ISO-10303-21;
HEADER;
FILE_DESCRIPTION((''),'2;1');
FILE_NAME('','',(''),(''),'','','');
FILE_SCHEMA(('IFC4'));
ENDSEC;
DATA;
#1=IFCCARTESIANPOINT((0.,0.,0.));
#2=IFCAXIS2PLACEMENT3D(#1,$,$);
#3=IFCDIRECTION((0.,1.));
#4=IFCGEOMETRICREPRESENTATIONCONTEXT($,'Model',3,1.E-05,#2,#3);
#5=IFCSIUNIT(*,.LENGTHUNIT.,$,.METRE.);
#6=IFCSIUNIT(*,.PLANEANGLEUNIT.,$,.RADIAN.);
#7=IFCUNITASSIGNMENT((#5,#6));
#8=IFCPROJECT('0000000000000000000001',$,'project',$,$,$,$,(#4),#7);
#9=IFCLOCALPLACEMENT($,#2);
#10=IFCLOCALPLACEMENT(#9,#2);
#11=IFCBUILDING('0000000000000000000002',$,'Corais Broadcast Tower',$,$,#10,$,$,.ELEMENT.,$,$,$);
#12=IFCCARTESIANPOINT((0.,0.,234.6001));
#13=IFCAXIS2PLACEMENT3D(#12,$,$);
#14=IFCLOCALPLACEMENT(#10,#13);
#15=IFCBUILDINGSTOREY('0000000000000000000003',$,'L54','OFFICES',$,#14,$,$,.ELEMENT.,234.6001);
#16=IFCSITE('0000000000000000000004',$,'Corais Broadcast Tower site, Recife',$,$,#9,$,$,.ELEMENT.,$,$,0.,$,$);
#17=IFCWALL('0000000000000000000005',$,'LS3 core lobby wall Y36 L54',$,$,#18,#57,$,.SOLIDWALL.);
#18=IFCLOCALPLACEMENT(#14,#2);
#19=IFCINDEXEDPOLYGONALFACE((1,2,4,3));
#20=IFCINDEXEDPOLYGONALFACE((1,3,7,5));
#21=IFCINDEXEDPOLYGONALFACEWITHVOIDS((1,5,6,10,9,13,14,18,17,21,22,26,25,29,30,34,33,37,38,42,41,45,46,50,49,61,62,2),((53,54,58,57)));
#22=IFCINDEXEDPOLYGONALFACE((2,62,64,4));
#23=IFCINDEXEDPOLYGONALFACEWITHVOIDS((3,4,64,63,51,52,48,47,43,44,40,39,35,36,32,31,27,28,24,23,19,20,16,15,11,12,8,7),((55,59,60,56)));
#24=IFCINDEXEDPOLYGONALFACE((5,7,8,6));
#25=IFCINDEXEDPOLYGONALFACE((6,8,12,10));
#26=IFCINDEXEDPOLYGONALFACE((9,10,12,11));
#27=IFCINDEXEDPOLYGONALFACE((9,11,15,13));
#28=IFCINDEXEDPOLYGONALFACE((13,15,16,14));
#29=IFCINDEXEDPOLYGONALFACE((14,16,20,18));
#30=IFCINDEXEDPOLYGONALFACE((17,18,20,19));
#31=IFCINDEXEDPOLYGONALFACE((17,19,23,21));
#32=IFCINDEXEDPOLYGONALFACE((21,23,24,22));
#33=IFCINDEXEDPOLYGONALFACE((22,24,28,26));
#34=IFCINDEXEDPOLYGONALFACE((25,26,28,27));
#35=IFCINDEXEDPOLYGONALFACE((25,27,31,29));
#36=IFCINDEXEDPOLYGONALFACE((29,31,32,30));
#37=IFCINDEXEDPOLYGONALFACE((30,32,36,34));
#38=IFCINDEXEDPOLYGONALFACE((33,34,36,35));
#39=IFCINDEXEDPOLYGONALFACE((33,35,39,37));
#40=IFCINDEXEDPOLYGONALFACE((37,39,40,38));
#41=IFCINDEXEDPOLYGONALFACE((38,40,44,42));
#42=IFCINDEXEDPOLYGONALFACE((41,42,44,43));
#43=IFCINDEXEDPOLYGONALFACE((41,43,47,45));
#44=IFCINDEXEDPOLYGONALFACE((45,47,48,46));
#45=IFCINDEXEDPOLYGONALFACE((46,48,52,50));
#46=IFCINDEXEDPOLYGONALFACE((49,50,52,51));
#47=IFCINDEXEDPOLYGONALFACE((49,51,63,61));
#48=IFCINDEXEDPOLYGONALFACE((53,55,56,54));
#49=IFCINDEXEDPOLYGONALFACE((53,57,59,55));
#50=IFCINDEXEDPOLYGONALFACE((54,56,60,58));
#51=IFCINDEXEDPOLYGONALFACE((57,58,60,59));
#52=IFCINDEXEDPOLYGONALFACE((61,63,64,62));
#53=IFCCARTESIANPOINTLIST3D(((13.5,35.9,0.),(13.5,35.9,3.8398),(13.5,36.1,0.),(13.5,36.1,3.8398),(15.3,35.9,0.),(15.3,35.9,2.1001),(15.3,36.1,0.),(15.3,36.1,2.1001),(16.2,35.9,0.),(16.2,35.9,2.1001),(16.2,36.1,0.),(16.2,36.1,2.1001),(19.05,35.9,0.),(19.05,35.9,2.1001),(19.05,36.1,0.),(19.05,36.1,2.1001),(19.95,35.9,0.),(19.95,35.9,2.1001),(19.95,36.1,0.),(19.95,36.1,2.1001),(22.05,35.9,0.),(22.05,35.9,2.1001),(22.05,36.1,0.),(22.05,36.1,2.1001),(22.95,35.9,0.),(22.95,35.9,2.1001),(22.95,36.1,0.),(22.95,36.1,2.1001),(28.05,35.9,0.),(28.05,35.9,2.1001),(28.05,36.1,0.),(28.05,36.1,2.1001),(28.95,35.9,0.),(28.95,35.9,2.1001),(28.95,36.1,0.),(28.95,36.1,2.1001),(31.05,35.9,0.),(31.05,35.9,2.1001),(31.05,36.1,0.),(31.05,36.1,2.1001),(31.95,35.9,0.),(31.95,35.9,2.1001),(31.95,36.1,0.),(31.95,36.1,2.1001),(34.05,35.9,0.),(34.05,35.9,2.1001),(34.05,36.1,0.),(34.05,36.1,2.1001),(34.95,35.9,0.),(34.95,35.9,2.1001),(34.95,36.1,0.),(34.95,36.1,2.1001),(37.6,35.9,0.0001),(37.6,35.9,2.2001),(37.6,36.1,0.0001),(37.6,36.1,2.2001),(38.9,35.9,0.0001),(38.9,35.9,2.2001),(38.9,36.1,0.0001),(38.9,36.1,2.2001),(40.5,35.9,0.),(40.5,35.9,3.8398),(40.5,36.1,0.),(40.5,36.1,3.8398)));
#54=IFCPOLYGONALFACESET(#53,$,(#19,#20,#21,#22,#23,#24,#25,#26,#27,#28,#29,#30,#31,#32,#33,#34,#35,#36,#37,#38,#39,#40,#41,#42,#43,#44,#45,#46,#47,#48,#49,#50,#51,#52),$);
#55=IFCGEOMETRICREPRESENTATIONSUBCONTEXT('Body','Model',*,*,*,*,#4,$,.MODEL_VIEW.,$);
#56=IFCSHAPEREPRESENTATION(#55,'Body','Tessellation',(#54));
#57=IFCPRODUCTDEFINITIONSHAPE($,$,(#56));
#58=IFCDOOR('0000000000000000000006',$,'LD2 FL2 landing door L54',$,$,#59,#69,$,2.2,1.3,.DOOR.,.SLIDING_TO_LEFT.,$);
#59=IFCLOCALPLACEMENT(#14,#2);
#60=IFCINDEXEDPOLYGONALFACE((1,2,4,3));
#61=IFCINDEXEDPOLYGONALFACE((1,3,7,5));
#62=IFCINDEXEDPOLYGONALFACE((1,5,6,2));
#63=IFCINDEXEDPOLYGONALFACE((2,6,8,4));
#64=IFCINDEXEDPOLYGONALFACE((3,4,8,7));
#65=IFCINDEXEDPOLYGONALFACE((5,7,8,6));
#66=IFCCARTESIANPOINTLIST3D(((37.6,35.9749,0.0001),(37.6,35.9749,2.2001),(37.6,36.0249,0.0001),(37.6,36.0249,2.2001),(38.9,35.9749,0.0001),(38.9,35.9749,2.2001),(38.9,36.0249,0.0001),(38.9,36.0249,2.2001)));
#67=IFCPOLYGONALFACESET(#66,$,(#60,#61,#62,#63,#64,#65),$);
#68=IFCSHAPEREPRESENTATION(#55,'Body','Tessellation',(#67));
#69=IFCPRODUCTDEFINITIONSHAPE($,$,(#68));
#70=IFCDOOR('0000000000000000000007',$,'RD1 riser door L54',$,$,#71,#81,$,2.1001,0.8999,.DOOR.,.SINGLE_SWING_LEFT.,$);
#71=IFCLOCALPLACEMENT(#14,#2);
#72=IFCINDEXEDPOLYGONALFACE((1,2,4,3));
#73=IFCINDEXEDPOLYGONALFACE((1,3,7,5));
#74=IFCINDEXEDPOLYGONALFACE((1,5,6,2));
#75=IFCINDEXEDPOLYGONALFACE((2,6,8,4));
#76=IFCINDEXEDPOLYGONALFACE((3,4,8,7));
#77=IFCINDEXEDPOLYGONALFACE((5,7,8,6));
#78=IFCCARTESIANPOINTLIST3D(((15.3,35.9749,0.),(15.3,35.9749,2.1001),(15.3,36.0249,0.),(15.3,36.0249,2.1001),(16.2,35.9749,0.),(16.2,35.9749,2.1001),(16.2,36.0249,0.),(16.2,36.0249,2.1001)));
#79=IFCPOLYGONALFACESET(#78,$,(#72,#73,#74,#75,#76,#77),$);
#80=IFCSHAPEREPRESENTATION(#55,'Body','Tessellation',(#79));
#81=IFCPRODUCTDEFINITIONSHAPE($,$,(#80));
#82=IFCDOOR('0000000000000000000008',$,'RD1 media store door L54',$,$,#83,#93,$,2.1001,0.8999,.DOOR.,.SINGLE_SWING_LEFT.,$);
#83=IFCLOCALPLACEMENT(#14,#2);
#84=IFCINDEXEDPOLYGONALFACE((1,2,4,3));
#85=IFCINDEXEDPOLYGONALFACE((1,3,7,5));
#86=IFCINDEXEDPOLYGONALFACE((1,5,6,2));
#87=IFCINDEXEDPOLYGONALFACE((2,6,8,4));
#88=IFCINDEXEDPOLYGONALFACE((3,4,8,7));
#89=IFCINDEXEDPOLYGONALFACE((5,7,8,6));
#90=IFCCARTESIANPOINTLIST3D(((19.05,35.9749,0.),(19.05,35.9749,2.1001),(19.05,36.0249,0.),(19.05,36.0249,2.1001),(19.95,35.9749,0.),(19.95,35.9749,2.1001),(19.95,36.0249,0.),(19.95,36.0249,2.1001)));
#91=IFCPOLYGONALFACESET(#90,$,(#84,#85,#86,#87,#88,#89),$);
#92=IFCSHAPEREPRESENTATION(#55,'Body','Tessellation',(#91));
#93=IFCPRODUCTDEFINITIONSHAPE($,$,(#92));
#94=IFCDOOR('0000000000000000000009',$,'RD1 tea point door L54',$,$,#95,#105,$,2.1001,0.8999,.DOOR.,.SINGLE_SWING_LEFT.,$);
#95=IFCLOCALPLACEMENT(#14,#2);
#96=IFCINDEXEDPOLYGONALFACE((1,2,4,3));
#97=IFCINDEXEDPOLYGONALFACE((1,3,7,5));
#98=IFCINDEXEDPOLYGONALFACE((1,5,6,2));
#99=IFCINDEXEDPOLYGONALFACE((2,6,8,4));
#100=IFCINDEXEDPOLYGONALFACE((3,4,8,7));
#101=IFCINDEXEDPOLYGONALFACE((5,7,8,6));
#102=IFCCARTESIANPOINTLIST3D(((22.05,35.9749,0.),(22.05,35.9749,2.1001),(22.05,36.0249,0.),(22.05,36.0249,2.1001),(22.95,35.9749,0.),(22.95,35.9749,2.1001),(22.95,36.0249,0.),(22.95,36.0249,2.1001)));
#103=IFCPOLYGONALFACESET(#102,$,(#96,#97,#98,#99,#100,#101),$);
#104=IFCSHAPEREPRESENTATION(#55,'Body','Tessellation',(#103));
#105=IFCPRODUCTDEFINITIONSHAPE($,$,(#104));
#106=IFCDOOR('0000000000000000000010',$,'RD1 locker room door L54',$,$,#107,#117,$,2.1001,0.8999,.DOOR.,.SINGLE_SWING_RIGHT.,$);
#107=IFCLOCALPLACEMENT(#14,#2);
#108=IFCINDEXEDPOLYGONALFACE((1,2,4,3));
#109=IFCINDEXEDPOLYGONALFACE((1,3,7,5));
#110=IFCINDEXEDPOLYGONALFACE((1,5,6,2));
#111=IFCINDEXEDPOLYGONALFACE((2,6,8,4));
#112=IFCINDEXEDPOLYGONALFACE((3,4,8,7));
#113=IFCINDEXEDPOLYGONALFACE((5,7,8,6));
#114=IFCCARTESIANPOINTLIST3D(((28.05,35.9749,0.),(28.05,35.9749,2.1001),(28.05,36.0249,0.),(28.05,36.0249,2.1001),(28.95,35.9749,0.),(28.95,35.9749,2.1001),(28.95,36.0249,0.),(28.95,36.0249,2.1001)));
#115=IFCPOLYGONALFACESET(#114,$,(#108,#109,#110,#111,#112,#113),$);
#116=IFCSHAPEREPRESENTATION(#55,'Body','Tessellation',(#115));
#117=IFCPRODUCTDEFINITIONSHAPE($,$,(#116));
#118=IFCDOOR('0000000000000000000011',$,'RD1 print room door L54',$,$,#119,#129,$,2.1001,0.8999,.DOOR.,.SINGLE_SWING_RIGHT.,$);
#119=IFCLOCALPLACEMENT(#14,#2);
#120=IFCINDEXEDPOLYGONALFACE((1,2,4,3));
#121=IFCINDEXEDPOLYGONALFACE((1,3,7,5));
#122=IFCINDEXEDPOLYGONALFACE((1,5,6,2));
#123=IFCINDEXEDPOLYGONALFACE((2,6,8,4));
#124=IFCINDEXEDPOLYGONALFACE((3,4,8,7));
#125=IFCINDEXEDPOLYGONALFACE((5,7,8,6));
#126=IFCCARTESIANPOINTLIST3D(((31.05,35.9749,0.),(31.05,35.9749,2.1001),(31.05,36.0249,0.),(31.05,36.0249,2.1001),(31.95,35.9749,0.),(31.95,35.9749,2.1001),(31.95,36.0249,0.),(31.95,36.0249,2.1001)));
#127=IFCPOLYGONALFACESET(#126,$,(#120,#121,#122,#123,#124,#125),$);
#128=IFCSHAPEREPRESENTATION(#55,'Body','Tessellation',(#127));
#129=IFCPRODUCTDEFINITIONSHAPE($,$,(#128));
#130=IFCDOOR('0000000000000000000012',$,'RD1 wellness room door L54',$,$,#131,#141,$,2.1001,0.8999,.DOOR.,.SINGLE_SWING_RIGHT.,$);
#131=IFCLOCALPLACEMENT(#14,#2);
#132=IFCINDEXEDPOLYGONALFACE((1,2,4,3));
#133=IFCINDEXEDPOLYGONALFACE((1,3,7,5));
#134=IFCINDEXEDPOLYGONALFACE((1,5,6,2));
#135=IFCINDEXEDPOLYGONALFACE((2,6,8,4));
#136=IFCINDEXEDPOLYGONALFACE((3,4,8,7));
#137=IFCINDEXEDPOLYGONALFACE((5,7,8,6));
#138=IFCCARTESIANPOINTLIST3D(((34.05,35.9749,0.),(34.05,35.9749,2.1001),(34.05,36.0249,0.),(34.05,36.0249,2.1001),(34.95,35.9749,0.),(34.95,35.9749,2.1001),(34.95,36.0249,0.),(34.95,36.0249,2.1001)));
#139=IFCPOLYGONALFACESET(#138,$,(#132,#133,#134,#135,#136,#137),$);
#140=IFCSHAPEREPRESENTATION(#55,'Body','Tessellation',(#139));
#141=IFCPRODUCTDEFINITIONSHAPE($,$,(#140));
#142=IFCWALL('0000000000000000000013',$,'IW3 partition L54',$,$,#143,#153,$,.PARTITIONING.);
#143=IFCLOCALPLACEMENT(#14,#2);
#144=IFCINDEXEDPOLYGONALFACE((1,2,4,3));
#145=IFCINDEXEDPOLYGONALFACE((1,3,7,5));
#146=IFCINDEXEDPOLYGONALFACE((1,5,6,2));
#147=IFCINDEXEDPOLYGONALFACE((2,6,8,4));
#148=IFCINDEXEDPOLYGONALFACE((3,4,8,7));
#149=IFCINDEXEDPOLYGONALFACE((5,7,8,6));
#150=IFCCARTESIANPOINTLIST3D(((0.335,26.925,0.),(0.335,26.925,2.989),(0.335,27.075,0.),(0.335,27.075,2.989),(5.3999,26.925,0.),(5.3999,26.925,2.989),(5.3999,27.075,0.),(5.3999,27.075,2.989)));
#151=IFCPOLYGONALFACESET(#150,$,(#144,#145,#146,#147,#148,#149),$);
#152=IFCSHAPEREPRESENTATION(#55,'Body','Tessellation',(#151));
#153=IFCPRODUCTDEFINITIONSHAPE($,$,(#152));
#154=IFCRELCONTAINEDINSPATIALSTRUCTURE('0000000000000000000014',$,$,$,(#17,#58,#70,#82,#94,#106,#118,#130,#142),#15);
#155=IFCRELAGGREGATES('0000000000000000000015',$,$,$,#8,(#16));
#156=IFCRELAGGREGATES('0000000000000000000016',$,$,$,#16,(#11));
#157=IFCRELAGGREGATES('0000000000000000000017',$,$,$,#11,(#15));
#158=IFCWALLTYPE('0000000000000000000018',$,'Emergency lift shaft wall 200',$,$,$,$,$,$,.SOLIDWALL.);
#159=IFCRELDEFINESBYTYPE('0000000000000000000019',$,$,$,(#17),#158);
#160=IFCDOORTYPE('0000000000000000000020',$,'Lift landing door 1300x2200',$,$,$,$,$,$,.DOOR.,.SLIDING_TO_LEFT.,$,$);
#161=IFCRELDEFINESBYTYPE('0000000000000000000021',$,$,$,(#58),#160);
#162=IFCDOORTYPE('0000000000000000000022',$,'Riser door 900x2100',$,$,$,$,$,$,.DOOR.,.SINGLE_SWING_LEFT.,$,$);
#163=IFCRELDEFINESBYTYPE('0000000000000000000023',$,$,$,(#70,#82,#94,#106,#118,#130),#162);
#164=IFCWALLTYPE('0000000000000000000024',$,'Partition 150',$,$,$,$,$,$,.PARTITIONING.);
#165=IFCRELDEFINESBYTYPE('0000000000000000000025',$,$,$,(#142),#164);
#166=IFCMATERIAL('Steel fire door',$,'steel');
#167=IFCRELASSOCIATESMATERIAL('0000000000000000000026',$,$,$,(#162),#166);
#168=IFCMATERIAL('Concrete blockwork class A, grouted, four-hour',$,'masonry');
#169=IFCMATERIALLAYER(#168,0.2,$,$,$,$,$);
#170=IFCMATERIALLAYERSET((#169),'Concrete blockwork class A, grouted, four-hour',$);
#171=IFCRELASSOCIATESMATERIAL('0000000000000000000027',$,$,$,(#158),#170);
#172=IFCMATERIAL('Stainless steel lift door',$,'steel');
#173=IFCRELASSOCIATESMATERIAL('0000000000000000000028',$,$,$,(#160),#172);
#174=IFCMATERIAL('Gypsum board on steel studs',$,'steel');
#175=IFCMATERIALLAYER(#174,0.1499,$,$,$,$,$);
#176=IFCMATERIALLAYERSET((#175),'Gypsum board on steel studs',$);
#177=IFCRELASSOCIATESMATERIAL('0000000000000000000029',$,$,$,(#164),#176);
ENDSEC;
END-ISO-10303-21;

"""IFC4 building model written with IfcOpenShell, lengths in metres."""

from ifc_helpers import new_model, si_unit, direction, frame, frame_2d, origin, place, context, subcontext, project, spatial, rectangle, extrude, material, layer, layer_set, type_object, element, fill, save


model = new_model("IFC4")

# Units and contexts
model_context = context("Model", 3, precision=1e-05, world=origin(), true_north=direction((0.0, 1.0)))
body_context = subcontext(model_context, "Body", "Model", "MODEL_VIEW")
ifc_project = project(units=[si_unit("LENGTHUNIT", "METRE"), si_unit("PLANEANGLEUNIT", "RADIAN")], contexts=[model_context])

# Site, building, storey
site_placement = place(None, origin())
site = spatial("IfcSite", under=ifc_project, at=site_placement, Name="Corais Broadcast Tower site, Recife", CompositionType="ELEMENT", RefElevation=0.0)
building_placement = place(site_placement, origin())
building = spatial("IfcBuilding", under=site, at=building_placement, Name="Corais Broadcast Tower", CompositionType="ELEMENT")
storey_placement = place(building_placement, frame((0.0, 0.0, 234.6001)))
storey = spatial("IfcBuildingStorey", under=building, at=storey_placement, Name="L54", Description="OFFICES", CompositionType="ELEMENT", Elevation=234.6001)

# Wall, openings, doors
ifc_material_1 = material(Name="Steel fire door", Category="steel")
door_type_1 = type_object("IfcDoorType", Name="Riser door 900x2100", OperationType="SINGLE_SWING_LEFT", PredefinedType="DOOR", material=ifc_material_1)
ifc_material_2 = material(Name="Concrete blockwork class A, grouted, four-hour", Category="masonry")
ifc_layer_1 = layer(ifc_material_2, 0.2)
ifc_layer_set_1 = layer_set([ifc_layer_1], Name="Concrete blockwork class A, grouted, four-hour")
wall_type_1 = type_object("IfcWallType", Name="Emergency lift shaft wall 200", PredefinedType="SOLIDWALL", material=ifc_layer_set_1)
wall_1_placement = place(storey_placement, frame((13.5, 36.0, 0.0), z_axis=(0.0, 0.0, 1.0), x_axis=(1.0, 0.0, 0.0)))
wall_1 = element("IfcWall", 1, at=wall_1_placement, inside=storey, type_object=wall_type_1, Name="LS3 core lobby wall Y36 L54", PredefinedType="SOLIDWALL", context=body_context, shape_type="SweptSolid", body=[
    extrude(rectangle(XDim=27.0, YDim=0.2, at=frame_2d((13.5, 0.0))), origin(), (0.0, 0.0, 1.0), 3.8398),
])
opening_1_placement = place(wall_1_placement, frame((1.8, 0.0, 0.0)))
opening_1 = element("IfcOpeningElement", 2, at=opening_1_placement, cuts=wall_1, PredefinedType="OPENING", context=body_context, shape_type="SweptSolid", body=[
    extrude(rectangle(XDim=0.8999, YDim=2.1001, at=frame_2d((0.45, 1.05))), frame((0.0, 0.1099, 0.0), z_axis=(0.0, -1.0, 0.0), x_axis=(1.0, 0.0, 0.0)), (0.0, 0.0, 1.0), 0.22),
])
opening_2_placement = place(wall_1_placement, frame((5.55, 0.0, 0.0)))
opening_2 = element("IfcOpeningElement", 3, at=opening_2_placement, cuts=wall_1, PredefinedType="OPENING", context=body_context, shape_type="SweptSolid", body=[
    extrude(rectangle(XDim=0.8999, YDim=2.1001, at=frame_2d((0.45, 1.05))), frame((0.0, 0.1099, 0.0), z_axis=(0.0, -1.0, 0.0), x_axis=(1.0, 0.0, 0.0)), (0.0, 0.0, 1.0), 0.22),
])
opening_3_placement = place(wall_1_placement, frame((8.55, 0.0, 0.0)))
opening_3 = element("IfcOpeningElement", 4, at=opening_3_placement, cuts=wall_1, PredefinedType="OPENING", context=body_context, shape_type="SweptSolid", body=[
    extrude(rectangle(XDim=0.8999, YDim=2.1001, at=frame_2d((0.45, 1.05))), frame((0.0, 0.1099, 0.0), z_axis=(0.0, -1.0, 0.0), x_axis=(1.0, 0.0, 0.0)), (0.0, 0.0, 1.0), 0.22),
])
opening_4_placement = place(wall_1_placement, frame((14.55, 0.0, 0.0)))
opening_4 = element("IfcOpeningElement", 5, at=opening_4_placement, cuts=wall_1, PredefinedType="OPENING", context=body_context, shape_type="SweptSolid", body=[
    extrude(rectangle(XDim=0.8999, YDim=2.1001, at=frame_2d((0.45, 1.05))), frame((0.0, 0.1099, 0.0), z_axis=(0.0, -1.0, 0.0), x_axis=(1.0, 0.0, 0.0)), (0.0, 0.0, 1.0), 0.22),
])
opening_5_placement = place(wall_1_placement, frame((17.55, 0.0, 0.0)))
opening_5 = element("IfcOpeningElement", 6, at=opening_5_placement, cuts=wall_1, PredefinedType="OPENING", context=body_context, shape_type="SweptSolid", body=[
    extrude(rectangle(XDim=0.8999, YDim=2.1001, at=frame_2d((0.45, 1.05))), frame((0.0, 0.1099, 0.0), z_axis=(0.0, -1.0, 0.0), x_axis=(1.0, 0.0, 0.0)), (0.0, 0.0, 1.0), 0.22),
])
opening_6_placement = place(wall_1_placement, frame((20.55, 0.0, 0.0)))
opening_6 = element("IfcOpeningElement", 7, at=opening_6_placement, cuts=wall_1, PredefinedType="OPENING", context=body_context, shape_type="SweptSolid", body=[
    extrude(rectangle(XDim=0.8999, YDim=2.1001, at=frame_2d((0.45, 1.05))), frame((0.0, 0.1099, 0.0), z_axis=(0.0, -1.0, 0.0), x_axis=(1.0, 0.0, 0.0)), (0.0, 0.0, 1.0), 0.22),
])
opening_7_placement = place(wall_1_placement, frame((24.1001, 0.0, 0.0)))
opening_7 = element("IfcOpeningElement", 8, at=opening_7_placement, cuts=wall_1, PredefinedType="OPENING", context=body_context, shape_type="SweptSolid", body=[
    extrude(rectangle(XDim=1.3, YDim=2.2, at=frame_2d((0.6499, 1.1001))), frame((0.0, 0.1099, 0.0), z_axis=(0.0, -1.0, 0.0), x_axis=(1.0, 0.0, 0.0)), (0.0, 0.0, 1.0), 0.22),
])
ifc_material_3 = material(Name="Stainless steel lift door", Category="steel")
door_type_2 = type_object("IfcDoorType", Name="Lift landing door 1300x2200", OperationType="SLIDING_TO_LEFT", PredefinedType="DOOR", material=ifc_material_3)
door_1_placement = place(opening_7_placement, origin())
door_1 = element("IfcDoor", 9, at=door_1_placement, inside=storey, type_object=door_type_2, Name="LD2 FL2 landing door L54", OperationType="SLIDING_TO_LEFT", OverallHeight=2.2, OverallWidth=1.3, PredefinedType="DOOR", context=body_context, shape_type="SweptSolid", body=[
    extrude(rectangle(XDim=1.3, YDim=2.2, at=frame_2d((0.6499, 1.1001))), frame((0.0, 0.0249, 0.0), z_axis=(0.0, -1.0, 0.0), x_axis=(1.0, 0.0, 0.0)), (0.0, 0.0, 1.0), 0.05),
])
fill(opening_7, door_1)
door_2_placement = place(opening_1_placement, origin())
door_2 = element("IfcDoor", 10, at=door_2_placement, inside=storey, type_object=door_type_1, Name="RD1 riser door L54", OperationType="SINGLE_SWING_LEFT", OverallHeight=2.1001, OverallWidth=0.8999, PredefinedType="DOOR", context=body_context, shape_type="SweptSolid", body=[
    extrude(rectangle(XDim=0.8999, YDim=2.1001, at=frame_2d((0.45, 1.05))), frame((0.0, 0.0249, 0.0), z_axis=(0.0, -1.0, 0.0), x_axis=(1.0, 0.0, 0.0)), (0.0, 0.0, 1.0), 0.05),
])
fill(opening_1, door_2)
door_3_placement = place(opening_2_placement, origin())
door_3 = element("IfcDoor", 11, at=door_3_placement, inside=storey, type_object=door_type_1, Name="RD1 media store door L54", OperationType="SINGLE_SWING_LEFT", OverallHeight=2.1001, OverallWidth=0.8999, PredefinedType="DOOR", context=body_context, shape_type="SweptSolid", body=[
    extrude(rectangle(XDim=0.8999, YDim=2.1001, at=frame_2d((0.45, 1.05))), frame((0.0, 0.0249, 0.0), z_axis=(0.0, -1.0, 0.0), x_axis=(1.0, 0.0, 0.0)), (0.0, 0.0, 1.0), 0.05),
])
fill(opening_2, door_3)
door_4_placement = place(opening_3_placement, origin())
door_4 = element("IfcDoor", 12, at=door_4_placement, inside=storey, type_object=door_type_1, Name="RD1 tea point door L54", OperationType="SINGLE_SWING_LEFT", OverallHeight=2.1001, OverallWidth=0.8999, PredefinedType="DOOR", context=body_context, shape_type="SweptSolid", body=[
    extrude(rectangle(XDim=0.8999, YDim=2.1001, at=frame_2d((0.45, 1.05))), frame((0.0, 0.0249, 0.0), z_axis=(0.0, -1.0, 0.0), x_axis=(1.0, 0.0, 0.0)), (0.0, 0.0, 1.0), 0.05),
])
fill(opening_3, door_4)
door_5_placement = place(opening_4_placement, origin())
door_5 = element("IfcDoor", 13, at=door_5_placement, inside=storey, type_object=door_type_1, Name="RD1 locker room door L54", OperationType="SINGLE_SWING_RIGHT", OverallHeight=2.1001, OverallWidth=0.8999, PredefinedType="DOOR", context=body_context, shape_type="SweptSolid", body=[
    extrude(rectangle(XDim=0.8999, YDim=2.1001, at=frame_2d((0.45, 1.05))), frame((0.0, 0.0249, 0.0), z_axis=(0.0, -1.0, 0.0), x_axis=(1.0, 0.0, 0.0)), (0.0, 0.0, 1.0), 0.05),
])
fill(opening_4, door_5)
door_6_placement = place(opening_5_placement, origin())
door_6 = element("IfcDoor", 14, at=door_6_placement, inside=storey, type_object=door_type_1, Name="RD1 print room door L54", OperationType="SINGLE_SWING_RIGHT", OverallHeight=2.1001, OverallWidth=0.8999, PredefinedType="DOOR", context=body_context, shape_type="SweptSolid", body=[
    extrude(rectangle(XDim=0.8999, YDim=2.1001, at=frame_2d((0.45, 1.05))), frame((0.0, 0.0249, 0.0), z_axis=(0.0, -1.0, 0.0), x_axis=(1.0, 0.0, 0.0)), (0.0, 0.0, 1.0), 0.05),
])
fill(opening_5, door_6)
door_7_placement = place(opening_6_placement, origin())
door_7 = element("IfcDoor", 15, at=door_7_placement, inside=storey, type_object=door_type_1, Name="RD1 wellness room door L54", OperationType="SINGLE_SWING_RIGHT", OverallHeight=2.1001, OverallWidth=0.8999, PredefinedType="DOOR", context=body_context, shape_type="SweptSolid", body=[
    extrude(rectangle(XDim=0.8999, YDim=2.1001, at=frame_2d((0.45, 1.05))), frame((0.0, 0.0249, 0.0), z_axis=(0.0, -1.0, 0.0), x_axis=(1.0, 0.0, 0.0)), (0.0, 0.0, 1.0), 0.05),
])
fill(opening_6, door_7)

# Wall
ifc_material_4 = material(Name="Gypsum board on steel studs", Category="steel")
ifc_layer_2 = layer(ifc_material_4, 0.1499)
ifc_layer_set_2 = layer_set([ifc_layer_2], Name="Gypsum board on steel studs")
wall_type_2 = type_object("IfcWallType", Name="Partition 150", PredefinedType="PARTITIONING", material=ifc_layer_set_2)
wall_2_placement = place(storey_placement, frame((5.3999, 27.0, 0.0), z_axis=(0.0, 0.0, 1.0), x_axis=(-1.0, 0.0, 0.0)))
element("IfcWall", 16, at=wall_2_placement, inside=storey, type_object=wall_type_2, Name="IW3 partition L54", PredefinedType="PARTITIONING", context=body_context, shape_type="SweptSolid", body=[
    extrude(rectangle(XDim=5.0649, YDim=0.1499, at=frame_2d((2.5325, 0.0))), origin(), (0.0, 0.0, 1.0), 2.989),
])

save(model, "model.ifc")
